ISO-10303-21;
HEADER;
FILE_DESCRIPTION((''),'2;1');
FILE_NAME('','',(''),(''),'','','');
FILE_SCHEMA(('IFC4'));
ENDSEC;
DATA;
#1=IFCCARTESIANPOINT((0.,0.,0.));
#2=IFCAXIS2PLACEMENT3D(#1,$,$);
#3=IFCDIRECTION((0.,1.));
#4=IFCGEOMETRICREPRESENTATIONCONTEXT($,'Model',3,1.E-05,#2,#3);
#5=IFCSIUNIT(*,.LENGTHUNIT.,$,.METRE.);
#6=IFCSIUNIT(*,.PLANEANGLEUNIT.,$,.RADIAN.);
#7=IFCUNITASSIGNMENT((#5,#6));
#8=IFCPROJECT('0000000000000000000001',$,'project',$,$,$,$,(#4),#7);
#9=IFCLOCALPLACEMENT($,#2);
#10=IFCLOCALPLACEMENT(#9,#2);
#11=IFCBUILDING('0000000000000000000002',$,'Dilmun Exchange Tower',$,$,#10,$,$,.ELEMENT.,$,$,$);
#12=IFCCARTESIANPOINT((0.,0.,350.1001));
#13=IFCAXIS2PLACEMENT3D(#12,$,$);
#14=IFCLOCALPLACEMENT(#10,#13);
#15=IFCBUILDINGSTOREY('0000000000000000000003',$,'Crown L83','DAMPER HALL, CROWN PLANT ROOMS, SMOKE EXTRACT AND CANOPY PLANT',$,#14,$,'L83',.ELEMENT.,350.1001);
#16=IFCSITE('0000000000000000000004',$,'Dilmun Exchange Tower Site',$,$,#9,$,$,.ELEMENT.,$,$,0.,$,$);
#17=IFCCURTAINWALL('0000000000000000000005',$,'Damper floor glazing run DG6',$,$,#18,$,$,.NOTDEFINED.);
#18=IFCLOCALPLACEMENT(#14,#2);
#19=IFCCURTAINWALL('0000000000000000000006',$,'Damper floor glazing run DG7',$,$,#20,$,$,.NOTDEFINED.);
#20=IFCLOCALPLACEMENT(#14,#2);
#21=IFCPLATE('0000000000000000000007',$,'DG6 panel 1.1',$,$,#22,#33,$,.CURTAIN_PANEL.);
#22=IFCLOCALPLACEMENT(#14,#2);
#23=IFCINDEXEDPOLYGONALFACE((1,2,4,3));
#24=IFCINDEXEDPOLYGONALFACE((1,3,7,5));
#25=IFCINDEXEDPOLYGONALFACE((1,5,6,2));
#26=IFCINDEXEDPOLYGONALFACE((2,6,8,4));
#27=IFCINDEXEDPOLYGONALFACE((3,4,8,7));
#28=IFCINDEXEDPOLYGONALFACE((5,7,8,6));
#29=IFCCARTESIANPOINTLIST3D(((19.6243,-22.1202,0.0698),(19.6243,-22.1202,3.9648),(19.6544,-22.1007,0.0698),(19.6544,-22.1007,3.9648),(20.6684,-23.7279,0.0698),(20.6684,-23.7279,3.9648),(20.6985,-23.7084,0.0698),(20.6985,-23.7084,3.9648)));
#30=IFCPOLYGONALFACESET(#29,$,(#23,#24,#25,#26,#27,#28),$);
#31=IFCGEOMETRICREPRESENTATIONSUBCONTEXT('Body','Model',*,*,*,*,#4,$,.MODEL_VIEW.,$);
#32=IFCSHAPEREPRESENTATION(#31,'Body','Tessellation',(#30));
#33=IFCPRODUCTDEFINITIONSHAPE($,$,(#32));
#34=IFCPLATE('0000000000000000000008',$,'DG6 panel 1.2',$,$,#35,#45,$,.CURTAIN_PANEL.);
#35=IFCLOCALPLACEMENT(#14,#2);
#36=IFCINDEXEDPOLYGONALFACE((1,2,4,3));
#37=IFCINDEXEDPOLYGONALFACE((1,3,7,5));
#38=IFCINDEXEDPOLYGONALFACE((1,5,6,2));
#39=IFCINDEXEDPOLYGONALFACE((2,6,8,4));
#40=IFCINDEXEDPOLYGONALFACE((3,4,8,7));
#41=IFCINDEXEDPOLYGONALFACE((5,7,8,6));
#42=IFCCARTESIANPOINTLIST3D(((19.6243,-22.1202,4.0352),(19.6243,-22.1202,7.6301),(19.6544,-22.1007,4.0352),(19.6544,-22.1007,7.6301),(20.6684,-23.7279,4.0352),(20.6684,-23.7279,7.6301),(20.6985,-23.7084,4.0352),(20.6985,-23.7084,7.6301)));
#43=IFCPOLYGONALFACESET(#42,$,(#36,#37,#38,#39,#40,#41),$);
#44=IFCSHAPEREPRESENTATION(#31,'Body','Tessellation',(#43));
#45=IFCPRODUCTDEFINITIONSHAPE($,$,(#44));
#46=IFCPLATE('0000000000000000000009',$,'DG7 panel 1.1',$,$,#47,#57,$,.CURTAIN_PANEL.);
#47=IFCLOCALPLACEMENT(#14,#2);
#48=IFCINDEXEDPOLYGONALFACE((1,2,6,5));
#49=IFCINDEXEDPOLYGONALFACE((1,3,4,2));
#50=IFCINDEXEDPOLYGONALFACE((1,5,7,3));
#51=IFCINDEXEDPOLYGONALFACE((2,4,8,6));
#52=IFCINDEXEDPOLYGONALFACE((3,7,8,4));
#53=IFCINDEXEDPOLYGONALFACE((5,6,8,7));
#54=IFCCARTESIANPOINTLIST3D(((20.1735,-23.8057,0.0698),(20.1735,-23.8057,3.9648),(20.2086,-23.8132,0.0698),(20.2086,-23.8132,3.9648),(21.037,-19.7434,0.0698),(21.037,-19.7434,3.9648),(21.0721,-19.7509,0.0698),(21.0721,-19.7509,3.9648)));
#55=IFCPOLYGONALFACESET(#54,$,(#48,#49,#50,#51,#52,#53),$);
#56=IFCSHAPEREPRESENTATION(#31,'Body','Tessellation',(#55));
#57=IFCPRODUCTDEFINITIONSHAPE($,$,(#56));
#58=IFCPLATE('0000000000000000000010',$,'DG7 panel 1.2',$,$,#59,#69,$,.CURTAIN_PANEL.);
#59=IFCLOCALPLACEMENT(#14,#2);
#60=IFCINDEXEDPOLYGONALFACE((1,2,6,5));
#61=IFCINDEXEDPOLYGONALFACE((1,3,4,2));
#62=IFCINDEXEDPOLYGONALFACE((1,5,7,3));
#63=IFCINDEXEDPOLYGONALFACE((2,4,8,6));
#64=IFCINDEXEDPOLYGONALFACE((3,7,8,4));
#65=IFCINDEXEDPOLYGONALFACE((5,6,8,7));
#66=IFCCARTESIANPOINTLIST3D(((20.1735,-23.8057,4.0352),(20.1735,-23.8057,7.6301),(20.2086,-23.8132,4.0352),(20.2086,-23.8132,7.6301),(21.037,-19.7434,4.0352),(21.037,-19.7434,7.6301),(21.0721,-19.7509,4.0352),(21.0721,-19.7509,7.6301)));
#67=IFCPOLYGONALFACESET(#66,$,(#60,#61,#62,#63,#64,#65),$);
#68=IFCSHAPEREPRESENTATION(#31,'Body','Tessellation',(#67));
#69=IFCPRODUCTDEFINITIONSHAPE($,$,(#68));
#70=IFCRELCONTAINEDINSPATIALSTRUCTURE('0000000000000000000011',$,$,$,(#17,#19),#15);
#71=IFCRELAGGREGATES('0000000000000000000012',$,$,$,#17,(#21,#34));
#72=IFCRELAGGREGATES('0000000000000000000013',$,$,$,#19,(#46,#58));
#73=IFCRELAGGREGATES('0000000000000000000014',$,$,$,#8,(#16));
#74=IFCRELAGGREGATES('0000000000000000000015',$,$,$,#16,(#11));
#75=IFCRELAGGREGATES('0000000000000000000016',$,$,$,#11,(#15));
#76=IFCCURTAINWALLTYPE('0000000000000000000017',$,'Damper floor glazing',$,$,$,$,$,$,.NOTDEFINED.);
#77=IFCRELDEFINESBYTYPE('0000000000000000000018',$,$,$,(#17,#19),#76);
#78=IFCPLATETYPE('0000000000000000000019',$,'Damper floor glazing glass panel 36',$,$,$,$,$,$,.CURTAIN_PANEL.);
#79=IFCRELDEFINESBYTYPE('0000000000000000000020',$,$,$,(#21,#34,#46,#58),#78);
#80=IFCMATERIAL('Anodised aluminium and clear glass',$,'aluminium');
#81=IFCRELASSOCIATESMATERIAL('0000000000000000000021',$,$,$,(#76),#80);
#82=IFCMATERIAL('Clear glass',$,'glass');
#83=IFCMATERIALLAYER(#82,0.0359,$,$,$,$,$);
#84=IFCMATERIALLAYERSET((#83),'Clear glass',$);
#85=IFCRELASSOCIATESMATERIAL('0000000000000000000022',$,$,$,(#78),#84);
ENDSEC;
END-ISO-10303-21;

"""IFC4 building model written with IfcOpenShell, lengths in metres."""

from ifc_helpers import new_model, si_unit, direction, frame, origin, origin_2d, place, context, subcontext, project, spatial, rectangle, extrude, material, layer, layer_set, type_object, element, aggregate, save


model = new_model("IFC4")

# Units and contexts
model_context = context("Model", 3, precision=1e-05, world=origin(), true_north=direction((0.0, 1.0)))
body_context = subcontext(model_context, "Body", "Model", "MODEL_VIEW")
ifc_project = project(units=[si_unit("LENGTHUNIT", "METRE"), si_unit("PLANEANGLEUNIT", "RADIAN")], contexts=[model_context])

# Site, building, storey
site_placement = place(None, origin())
site = spatial("IfcSite", under=ifc_project, at=site_placement, Name="Dilmun Exchange Tower Site", CompositionType="ELEMENT", RefElevation=0.0)
building_placement = place(site_placement, origin())
building = spatial("IfcBuilding", under=site, at=building_placement, Name="Dilmun Exchange Tower", CompositionType="ELEMENT")
storey_placement = place(building_placement, frame((0.0, 0.0, 350.1001)))
storey = spatial("IfcBuildingStorey", under=building, at=storey_placement, Name="Crown L83", Description="DAMPER HALL, CROWN PLANT ROOMS, SMOKE EXTRACT AND CANOPY PLANT", LongName="L83", CompositionType="ELEMENT", Elevation=350.1001)

# Shared definitions
ifc_material_1 = material(Name="Anodised aluminium and clear glass", Category="aluminium")
curtain_wall_type = type_object("IfcCurtainWallType", Name="Damper floor glazing", PredefinedType="NOTDEFINED", material=ifc_material_1)

# Curtain wall
curtain_wall_1_placement = place(storey_placement, origin())
curtain_wall_1 = element("IfcCurtainWall", 1, at=curtain_wall_1_placement, inside=storey, type_object=curtain_wall_type, Name="Damper floor glazing run DG6", PredefinedType="NOTDEFINED")

# Curtain wall
curtain_wall_2_placement = place(storey_placement, origin())
curtain_wall_2 = element("IfcCurtainWall", 2, at=curtain_wall_2_placement, inside=storey, type_object=curtain_wall_type, Name="Damper floor glazing run DG7", PredefinedType="NOTDEFINED")

# Plates
ifc_material_2 = material(Name="Clear glass", Category="glass")
ifc_layer = layer(ifc_material_2, 0.0359)
ifc_layer_set = layer_set([ifc_layer], Name="Clear glass")
plate_type = type_object("IfcPlateType", Name="Damper floor glazing glass panel 36", PredefinedType="CURTAIN_PANEL", material=ifc_layer_set)
plate_1_placement = place(storey_placement, frame((20.1614, -22.9143, 0.0698), z_axis=(0.0, 0.0, 1.0), x_axis=(0.544653, -0.838661, 0.0)))
plate_1 = element("IfcPlate", 3, at=plate_1_placement, type_object=plate_type, Name="DG6 panel 1.1", PredefinedType="CURTAIN_PANEL", context=body_context, shape_type="SweptSolid", body=[
    extrude(rectangle(XDim=1.917, YDim=0.0359, at=origin_2d()), origin(), (0.0, 0.0, 1.0), 3.895),
])
plate_2_placement = place(storey_placement, frame((20.1614, -22.9143, 4.0352), z_axis=(0.0, 0.0, 1.0), x_axis=(0.544653, -0.838661, 0.0)))
plate_2 = element("IfcPlate", 4, at=plate_2_placement, type_object=plate_type, Name="DG6 panel 1.2", PredefinedType="CURTAIN_PANEL", context=body_context, shape_type="SweptSolid", body=[
    extrude(rectangle(XDim=1.917, YDim=0.0359, at=origin_2d()), origin(), (0.0, 0.0, 1.0), 3.595),
])
aggregate(curtain_wall_1, [plate_1, plate_2])
plate_3_placement = place(storey_placement, frame((20.6228, -21.7783, 0.0698), z_axis=(0.0, 0.0, 1.0), x_axis=(0.207913, 0.978147, 0.0)))
plate_3 = element("IfcPlate", 5, at=plate_3_placement, type_object=plate_type, Name="DG7 panel 1.1", PredefinedType="CURTAIN_PANEL", context=body_context, shape_type="SweptSolid", body=[
    extrude(rectangle(XDim=4.1531, YDim=0.0359, at=origin_2d()), origin(), (0.0, 0.0, 1.0), 3.895),
])
plate_4_placement = place(storey_placement, frame((20.6228, -21.7783, 4.0352), z_axis=(0.0, 0.0, 1.0), x_axis=(0.207913, 0.978147, 0.0)))
plate_4 = element("IfcPlate", 6, at=plate_4_placement, type_object=plate_type, Name="DG7 panel 1.2", PredefinedType="CURTAIN_PANEL", context=body_context, shape_type="SweptSolid", body=[
    extrude(rectangle(XDim=4.1531, YDim=0.0359, at=origin_2d()), origin(), (0.0, 0.0, 1.0), 3.595),
])
aggregate(curtain_wall_2, [plate_3, plate_4])

save(model, "model.ifc")
